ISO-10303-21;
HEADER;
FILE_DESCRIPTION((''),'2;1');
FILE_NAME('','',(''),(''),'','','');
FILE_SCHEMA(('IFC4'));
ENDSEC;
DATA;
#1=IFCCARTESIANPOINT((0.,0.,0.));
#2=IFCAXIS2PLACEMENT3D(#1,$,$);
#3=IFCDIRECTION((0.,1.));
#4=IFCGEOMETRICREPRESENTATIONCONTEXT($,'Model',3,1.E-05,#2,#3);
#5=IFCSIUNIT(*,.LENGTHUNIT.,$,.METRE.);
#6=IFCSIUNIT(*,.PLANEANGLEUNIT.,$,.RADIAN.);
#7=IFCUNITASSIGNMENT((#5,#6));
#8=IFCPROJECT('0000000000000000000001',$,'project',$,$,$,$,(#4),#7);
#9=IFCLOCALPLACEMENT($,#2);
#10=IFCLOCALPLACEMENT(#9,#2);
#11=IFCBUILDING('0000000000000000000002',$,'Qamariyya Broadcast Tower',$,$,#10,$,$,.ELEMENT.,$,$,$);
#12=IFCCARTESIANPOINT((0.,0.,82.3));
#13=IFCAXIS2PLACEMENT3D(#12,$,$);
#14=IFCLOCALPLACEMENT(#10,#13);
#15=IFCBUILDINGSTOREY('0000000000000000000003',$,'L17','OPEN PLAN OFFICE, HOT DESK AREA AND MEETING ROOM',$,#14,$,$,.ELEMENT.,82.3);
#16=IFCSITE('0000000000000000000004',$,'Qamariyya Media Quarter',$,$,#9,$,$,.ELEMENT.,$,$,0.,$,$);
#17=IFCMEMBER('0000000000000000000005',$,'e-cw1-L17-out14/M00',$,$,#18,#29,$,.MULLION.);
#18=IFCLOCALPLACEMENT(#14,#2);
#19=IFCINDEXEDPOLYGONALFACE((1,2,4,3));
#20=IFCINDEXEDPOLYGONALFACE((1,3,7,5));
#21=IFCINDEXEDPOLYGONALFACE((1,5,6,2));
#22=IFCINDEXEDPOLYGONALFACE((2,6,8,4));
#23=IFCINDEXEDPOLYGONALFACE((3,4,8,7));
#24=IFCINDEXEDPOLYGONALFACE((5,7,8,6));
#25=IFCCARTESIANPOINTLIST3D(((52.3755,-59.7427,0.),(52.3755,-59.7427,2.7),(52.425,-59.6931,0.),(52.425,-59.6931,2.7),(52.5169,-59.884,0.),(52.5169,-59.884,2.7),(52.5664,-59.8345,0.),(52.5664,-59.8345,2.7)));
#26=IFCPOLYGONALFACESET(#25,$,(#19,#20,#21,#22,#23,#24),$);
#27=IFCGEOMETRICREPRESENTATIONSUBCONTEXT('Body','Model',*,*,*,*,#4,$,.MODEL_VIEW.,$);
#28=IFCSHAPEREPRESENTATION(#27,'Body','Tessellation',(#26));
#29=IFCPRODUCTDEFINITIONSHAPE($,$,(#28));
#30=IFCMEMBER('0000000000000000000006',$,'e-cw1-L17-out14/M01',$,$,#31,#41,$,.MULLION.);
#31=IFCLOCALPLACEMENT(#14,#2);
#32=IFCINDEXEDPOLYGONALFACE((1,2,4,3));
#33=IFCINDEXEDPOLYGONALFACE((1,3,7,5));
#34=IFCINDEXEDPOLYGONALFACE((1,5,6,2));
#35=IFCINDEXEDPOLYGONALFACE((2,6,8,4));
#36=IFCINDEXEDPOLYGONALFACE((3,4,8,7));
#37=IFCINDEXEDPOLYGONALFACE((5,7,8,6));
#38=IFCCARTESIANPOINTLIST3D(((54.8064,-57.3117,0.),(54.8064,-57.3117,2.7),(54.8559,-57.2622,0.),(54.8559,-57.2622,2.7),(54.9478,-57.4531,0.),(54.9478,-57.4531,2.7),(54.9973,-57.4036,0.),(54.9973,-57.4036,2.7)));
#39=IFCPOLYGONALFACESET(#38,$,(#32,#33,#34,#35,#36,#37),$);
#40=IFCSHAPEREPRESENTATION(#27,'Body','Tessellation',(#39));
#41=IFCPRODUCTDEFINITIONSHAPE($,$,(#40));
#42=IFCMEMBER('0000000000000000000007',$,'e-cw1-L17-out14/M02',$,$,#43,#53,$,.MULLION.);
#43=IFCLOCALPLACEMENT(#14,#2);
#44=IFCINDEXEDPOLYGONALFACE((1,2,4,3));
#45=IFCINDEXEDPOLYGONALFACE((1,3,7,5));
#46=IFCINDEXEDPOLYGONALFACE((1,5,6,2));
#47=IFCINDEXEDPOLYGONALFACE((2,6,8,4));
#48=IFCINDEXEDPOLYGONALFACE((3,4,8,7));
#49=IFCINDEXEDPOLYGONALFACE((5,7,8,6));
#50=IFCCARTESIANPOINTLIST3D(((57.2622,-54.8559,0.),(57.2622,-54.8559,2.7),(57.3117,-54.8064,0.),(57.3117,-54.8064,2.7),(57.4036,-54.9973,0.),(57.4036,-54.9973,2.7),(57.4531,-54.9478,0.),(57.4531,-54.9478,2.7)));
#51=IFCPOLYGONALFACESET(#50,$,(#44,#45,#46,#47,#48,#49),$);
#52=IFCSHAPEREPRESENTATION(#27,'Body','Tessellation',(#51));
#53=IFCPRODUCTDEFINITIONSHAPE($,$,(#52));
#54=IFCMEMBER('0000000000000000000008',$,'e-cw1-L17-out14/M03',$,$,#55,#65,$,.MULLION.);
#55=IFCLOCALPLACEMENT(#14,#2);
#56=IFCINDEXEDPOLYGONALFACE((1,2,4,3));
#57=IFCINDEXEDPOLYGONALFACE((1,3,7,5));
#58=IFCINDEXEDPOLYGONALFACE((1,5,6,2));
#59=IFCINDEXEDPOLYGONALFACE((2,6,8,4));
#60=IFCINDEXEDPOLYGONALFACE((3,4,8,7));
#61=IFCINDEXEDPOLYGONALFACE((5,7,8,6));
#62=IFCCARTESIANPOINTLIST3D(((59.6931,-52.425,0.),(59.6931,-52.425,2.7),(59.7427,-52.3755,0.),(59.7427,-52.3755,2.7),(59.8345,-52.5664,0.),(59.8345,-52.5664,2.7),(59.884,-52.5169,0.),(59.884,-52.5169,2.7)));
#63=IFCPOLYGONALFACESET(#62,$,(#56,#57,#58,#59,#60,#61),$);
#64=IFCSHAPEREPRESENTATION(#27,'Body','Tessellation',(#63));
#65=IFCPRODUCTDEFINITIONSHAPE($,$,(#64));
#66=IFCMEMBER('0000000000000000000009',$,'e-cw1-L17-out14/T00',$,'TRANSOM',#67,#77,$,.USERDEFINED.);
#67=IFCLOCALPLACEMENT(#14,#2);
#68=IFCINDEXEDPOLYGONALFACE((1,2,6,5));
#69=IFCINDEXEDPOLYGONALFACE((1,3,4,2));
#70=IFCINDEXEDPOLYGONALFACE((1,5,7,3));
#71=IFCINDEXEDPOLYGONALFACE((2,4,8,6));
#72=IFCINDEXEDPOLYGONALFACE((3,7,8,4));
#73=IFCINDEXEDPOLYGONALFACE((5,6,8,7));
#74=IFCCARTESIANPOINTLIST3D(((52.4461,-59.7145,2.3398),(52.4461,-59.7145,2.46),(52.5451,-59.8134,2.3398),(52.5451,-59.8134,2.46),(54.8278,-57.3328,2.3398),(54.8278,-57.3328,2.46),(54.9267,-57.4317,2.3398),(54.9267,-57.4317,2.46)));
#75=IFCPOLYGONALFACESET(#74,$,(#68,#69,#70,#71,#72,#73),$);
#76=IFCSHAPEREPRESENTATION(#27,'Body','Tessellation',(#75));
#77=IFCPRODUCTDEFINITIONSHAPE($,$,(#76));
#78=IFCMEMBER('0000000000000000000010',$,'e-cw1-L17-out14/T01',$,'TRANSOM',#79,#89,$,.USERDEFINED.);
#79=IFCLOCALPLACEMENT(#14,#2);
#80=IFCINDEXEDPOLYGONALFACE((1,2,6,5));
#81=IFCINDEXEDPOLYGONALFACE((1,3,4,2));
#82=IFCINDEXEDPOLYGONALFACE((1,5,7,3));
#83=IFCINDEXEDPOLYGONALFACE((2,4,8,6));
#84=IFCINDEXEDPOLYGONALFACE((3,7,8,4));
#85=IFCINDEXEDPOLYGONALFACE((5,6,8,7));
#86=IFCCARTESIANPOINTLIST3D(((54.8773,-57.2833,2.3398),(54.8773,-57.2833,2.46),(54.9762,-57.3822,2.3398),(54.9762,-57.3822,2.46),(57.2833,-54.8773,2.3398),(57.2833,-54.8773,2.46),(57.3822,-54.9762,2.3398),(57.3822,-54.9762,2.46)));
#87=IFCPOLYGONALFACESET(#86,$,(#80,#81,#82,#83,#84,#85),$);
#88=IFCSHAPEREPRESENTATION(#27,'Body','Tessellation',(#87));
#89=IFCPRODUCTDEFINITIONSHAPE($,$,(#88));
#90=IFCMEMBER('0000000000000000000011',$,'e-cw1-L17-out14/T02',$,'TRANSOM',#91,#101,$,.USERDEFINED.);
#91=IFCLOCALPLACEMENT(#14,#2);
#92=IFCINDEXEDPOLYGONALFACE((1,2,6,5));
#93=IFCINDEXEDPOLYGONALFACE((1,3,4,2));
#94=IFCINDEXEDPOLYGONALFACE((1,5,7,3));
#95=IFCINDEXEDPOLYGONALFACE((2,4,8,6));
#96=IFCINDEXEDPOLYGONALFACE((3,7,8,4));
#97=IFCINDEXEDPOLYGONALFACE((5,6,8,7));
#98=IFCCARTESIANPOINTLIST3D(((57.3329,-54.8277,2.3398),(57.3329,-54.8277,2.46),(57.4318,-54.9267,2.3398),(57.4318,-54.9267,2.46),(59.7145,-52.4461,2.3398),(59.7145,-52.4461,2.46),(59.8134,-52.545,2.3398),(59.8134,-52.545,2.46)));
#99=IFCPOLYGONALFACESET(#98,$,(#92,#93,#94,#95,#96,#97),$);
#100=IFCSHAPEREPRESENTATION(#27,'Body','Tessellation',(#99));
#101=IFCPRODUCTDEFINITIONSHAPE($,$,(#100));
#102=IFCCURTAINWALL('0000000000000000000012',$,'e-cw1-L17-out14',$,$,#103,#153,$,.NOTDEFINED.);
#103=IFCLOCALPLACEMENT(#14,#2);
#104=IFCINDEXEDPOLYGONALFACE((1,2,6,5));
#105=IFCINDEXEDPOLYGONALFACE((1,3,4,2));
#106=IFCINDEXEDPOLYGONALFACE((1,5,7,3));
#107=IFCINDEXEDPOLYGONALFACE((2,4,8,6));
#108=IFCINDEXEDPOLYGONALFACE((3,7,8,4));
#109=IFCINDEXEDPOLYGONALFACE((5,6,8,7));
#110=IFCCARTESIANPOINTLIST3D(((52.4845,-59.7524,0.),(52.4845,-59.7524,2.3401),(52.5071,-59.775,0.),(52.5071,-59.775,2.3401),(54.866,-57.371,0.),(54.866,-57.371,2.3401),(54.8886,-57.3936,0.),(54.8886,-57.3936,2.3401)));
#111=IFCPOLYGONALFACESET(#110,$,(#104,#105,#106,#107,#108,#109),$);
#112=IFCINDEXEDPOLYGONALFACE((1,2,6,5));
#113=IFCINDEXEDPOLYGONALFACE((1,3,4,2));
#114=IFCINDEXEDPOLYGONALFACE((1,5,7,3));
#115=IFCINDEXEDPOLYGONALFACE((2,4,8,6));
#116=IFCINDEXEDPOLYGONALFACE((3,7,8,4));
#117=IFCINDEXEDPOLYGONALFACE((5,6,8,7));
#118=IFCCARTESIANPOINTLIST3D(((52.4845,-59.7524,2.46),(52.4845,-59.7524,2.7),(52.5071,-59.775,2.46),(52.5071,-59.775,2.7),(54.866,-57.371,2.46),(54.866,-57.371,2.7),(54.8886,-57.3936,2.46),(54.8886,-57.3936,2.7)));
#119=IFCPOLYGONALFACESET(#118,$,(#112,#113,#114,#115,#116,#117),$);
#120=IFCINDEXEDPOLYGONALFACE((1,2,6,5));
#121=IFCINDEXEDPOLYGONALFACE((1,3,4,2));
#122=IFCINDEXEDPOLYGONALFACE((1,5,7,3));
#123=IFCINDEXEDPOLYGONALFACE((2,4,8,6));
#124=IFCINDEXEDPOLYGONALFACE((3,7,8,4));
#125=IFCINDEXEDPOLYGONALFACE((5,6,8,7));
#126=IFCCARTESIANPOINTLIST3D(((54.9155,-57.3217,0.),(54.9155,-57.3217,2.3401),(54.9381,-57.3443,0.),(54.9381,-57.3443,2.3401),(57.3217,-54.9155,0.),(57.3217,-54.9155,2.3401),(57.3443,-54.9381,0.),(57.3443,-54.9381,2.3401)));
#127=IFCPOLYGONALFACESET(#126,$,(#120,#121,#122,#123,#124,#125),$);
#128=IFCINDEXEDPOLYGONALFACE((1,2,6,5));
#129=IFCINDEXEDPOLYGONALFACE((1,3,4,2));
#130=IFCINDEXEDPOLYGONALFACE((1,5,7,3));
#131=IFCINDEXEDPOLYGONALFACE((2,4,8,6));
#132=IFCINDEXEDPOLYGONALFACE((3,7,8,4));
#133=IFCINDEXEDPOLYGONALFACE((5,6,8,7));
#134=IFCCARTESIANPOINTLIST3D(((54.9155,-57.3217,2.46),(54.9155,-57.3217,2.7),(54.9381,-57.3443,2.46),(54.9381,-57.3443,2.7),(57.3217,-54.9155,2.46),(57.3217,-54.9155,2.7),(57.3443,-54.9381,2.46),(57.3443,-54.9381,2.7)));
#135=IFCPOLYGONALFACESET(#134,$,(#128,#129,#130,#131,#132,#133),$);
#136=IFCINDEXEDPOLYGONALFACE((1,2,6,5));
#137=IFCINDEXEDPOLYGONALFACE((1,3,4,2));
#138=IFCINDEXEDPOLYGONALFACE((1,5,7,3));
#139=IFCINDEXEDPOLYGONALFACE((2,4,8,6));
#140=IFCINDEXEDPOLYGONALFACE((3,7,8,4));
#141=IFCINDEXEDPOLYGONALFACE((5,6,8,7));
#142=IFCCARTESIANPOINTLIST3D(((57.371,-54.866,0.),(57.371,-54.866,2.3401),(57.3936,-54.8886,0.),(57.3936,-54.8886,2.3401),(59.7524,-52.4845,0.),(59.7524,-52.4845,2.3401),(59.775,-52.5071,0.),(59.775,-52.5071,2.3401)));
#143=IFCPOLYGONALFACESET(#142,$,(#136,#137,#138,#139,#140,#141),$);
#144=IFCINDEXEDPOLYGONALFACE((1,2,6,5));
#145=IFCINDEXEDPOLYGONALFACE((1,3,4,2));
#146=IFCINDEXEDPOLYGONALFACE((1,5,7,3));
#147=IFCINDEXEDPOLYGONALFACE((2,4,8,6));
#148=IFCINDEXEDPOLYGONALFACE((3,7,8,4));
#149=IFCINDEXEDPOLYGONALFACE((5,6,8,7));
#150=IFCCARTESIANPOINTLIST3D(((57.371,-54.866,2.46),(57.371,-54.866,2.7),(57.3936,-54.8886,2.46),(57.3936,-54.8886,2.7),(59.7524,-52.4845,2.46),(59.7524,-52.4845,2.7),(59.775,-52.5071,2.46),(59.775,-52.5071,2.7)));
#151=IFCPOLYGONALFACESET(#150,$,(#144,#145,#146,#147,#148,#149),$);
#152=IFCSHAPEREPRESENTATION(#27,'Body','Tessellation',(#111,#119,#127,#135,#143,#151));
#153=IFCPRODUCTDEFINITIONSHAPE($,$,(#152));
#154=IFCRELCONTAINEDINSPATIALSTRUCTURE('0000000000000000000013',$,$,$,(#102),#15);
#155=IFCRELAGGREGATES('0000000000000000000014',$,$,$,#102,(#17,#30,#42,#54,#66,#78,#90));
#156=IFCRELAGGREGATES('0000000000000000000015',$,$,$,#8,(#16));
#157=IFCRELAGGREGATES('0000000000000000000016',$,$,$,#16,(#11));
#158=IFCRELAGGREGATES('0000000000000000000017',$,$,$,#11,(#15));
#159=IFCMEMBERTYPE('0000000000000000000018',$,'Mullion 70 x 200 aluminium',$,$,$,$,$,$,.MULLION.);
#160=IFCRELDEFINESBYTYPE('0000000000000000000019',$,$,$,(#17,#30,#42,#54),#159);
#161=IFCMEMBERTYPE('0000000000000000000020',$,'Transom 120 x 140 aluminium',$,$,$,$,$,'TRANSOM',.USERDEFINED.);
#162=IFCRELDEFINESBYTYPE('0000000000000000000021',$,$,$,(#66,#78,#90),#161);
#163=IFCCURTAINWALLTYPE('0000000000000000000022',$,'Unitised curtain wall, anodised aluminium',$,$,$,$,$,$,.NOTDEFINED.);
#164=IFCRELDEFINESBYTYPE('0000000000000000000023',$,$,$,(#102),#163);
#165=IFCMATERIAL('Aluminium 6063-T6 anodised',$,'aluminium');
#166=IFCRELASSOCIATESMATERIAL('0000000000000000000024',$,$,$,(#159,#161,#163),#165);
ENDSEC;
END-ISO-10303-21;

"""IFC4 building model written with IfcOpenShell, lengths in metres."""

from ifc_helpers import new_model, si_unit, direction, frame, origin, origin_2d, place, context, subcontext, project, spatial, rectangle, extrude, material, material_profile, profile_set, type_object, element, aggregate, save


model = new_model("IFC4")

# Units and contexts
model_context = context("Model", 3, precision=1e-05, world=origin(), true_north=direction((0.0, 1.0)))
body_context = subcontext(model_context, "Body", "Model", "MODEL_VIEW")
ifc_project = project(units=[si_unit("LENGTHUNIT", "METRE"), si_unit("PLANEANGLEUNIT", "RADIAN")], contexts=[model_context])

# Members
ifc_material_1 = material(Name="Aluminium 6063-T6 anodised", Category="aluminium")
ifc_material_profile_1 = material_profile(ifc_material_1, rectangle(XDim=0.2, YDim=0.0701, at=origin_2d()))
ifc_profile_set_1 = profile_set([ifc_material_profile_1], Name="Aluminium 6063-T6 anodised")
member_type_1 = type_object("IfcMemberType", Name="Mullion 70 x 200 aluminium", PredefinedType="MULLION", material=ifc_profile_set_1)
site_placement = place(None, origin())
building_placement = place(site_placement, origin())
storey_placement = place(building_placement, frame((0.0, 0.0, 82.3)))
member_1_placement = place(storey_placement, frame((52.4709, -59.7886, 0.0), z_axis=(0.0, 0.0, 1.0), x_axis=(-0.707107, 0.707107, 0.0)))
member_1 = element("IfcMember", 1, at=member_1_placement, type_object=member_type_1, Name="e-cw1-L17-out14/M00", PredefinedType="MULLION", context=body_context, shape_type="SweptSolid", body=[
    extrude(rectangle(XDim=0.2, YDim=0.0701, at=origin_2d()), origin(), (0.0, 0.0, 1.0), 2.7),
])
member_2_placement = place(storey_placement, frame((54.9019, -57.3577, 0.0), z_axis=(0.0, 0.0, 1.0), x_axis=(-0.707107, 0.707107, 0.0)))
member_2 = element("IfcMember", 2, at=member_2_placement, type_object=member_type_1, Name="e-cw1-L17-out14/M01", PredefinedType="MULLION", context=body_context, shape_type="SweptSolid", body=[
    extrude(rectangle(XDim=0.2, YDim=0.0701, at=origin_2d()), origin(), (0.0, 0.0, 1.0), 2.7),
])
member_3_placement = place(storey_placement, frame((57.3577, -54.9019, 0.0), z_axis=(0.0, 0.0, 1.0), x_axis=(-0.707107, 0.707107, 0.0)))
member_3 = element("IfcMember", 3, at=member_3_placement, type_object=member_type_1, Name="e-cw1-L17-out14/M02", PredefinedType="MULLION", context=body_context, shape_type="SweptSolid", body=[
    extrude(rectangle(XDim=0.2, YDim=0.0701, at=origin_2d()), origin(), (0.0, 0.0, 1.0), 2.7),
])
member_4_placement = place(storey_placement, frame((59.7886, -52.4709, 0.0), z_axis=(0.0, 0.0, 1.0), x_axis=(-0.707107, 0.707107, 0.0)))
member_4 = element("IfcMember", 4, at=member_4_placement, type_object=member_type_1, Name="e-cw1-L17-out14/M03", PredefinedType="MULLION", context=body_context, shape_type="SweptSolid", body=[
    extrude(rectangle(XDim=0.2, YDim=0.0701, at=origin_2d()), origin(), (0.0, 0.0, 1.0), 2.7),
])
ifc_material_profile_2 = material_profile(ifc_material_1, rectangle(XDim=0.1399, YDim=0.1201, at=origin_2d()))
ifc_profile_set_2 = profile_set([ifc_material_profile_2], Name="Aluminium 6063-T6 anodised")
member_type_2 = type_object("IfcMemberType", Name="Transom 120 x 140 aluminium", ElementType="TRANSOM", PredefinedType="USERDEFINED", material=ifc_profile_set_2)
member_5_placement = place(storey_placement, frame((52.4956, -59.7639, 2.3999), z_axis=(0.707107, 0.707107, 0.0), x_axis=(-0.707107, 0.707107, 0.0)))
member_5 = element("IfcMember", 5, at=member_5_placement, type_object=member_type_2, Name="e-cw1-L17-out14/T00", ObjectType="TRANSOM", PredefinedType="USERDEFINED", context=body_context, shape_type="SweptSolid", body=[
    extrude(rectangle(XDim=0.1399, YDim=0.1201, at=origin_2d()), origin(), (0.0, 0.0, 1.0), 3.3682),
])
member_6_placement = place(storey_placement, frame((54.9268, -57.3328, 2.3999), z_axis=(0.707107, 0.707107, 0.0), x_axis=(-0.707107, 0.707107, 0.0)))
member_6 = element("IfcMember", 6, at=member_6_placement, type_object=member_type_2, Name="e-cw1-L17-out14/T01", ObjectType="TRANSOM", PredefinedType="USERDEFINED", context=body_context, shape_type="SweptSolid", body=[
    extrude(rectangle(XDim=0.1399, YDim=0.1201, at=origin_2d()), origin(), (0.0, 0.0, 1.0), 3.4026),
])
member_7_placement = place(storey_placement, frame((57.3823, -54.8772, 2.3999), z_axis=(0.707107, 0.707107, 0.0), x_axis=(-0.707107, 0.707107, 0.0)))
member_7 = element("IfcMember", 7, at=member_7_placement, type_object=member_type_2, Name="e-cw1-L17-out14/T02", ObjectType="TRANSOM", PredefinedType="USERDEFINED", context=body_context, shape_type="SweptSolid", body=[
    extrude(rectangle(XDim=0.1399, YDim=0.1201, at=origin_2d()), origin(), (0.0, 0.0, 1.0), 3.3682),
])

# Site, building, storey
site = spatial("IfcSite", under=ifc_project, at=site_placement, Name="Qamariyya Media Quarter", CompositionType="ELEMENT", RefElevation=0.0)
building = spatial("IfcBuilding", under=site, at=building_placement, Name="Qamariyya Broadcast Tower", CompositionType="ELEMENT")
storey = spatial("IfcBuildingStorey", under=building, at=storey_placement, Name="L17", Description="OPEN PLAN OFFICE, HOT DESK AREA AND MEETING ROOM", CompositionType="ELEMENT", Elevation=82.3)

# Curtain wall
curtain_wall_type = type_object("IfcCurtainWallType", Name="Unitised curtain wall, anodised aluminium", PredefinedType="NOTDEFINED", material=ifc_material_1)
curtain_wall_1_placement = place(storey_placement, origin())
curtain_wall_1 = element("IfcCurtainWall", 8, at=curtain_wall_1_placement, inside=storey, type_object=curtain_wall_type, Name="e-cw1-L17-out14", PredefinedType="NOTDEFINED", context=body_context, shape_type="SweptSolid", body=[
    extrude(rectangle(XDim=3.3679, YDim=0.032, at=origin_2d()), frame((53.6865, -58.573, 0.0), x_axis=(0.707107, 0.707107, 0.0)), (0.0, 0.0, 1.0), 2.3401),
    extrude(rectangle(XDim=3.3679, YDim=0.032, at=origin_2d()), frame((53.6865, -58.573, 2.46), x_axis=(0.707107, 0.707107, 0.0)), (0.0, 0.0, 1.0), 0.24),
    extrude(rectangle(XDim=3.4028, YDim=0.032, at=origin_2d()), frame((56.1299, -56.1299, 0.0), x_axis=(0.707107, 0.707107, 0.0)), (0.0, 0.0, 1.0), 2.3401),
    extrude(rectangle(XDim=3.4028, YDim=0.032, at=origin_2d()), frame((56.1299, -56.1299, 2.46), x_axis=(0.707107, 0.707107, 0.0)), (0.0, 0.0, 1.0), 0.24),
    extrude(rectangle(XDim=3.3679, YDim=0.032, at=origin_2d()), frame((58.573, -53.6865, 0.0), x_axis=(0.707107, 0.707107, 0.0)), (0.0, 0.0, 1.0), 2.3401),
    extrude(rectangle(XDim=3.3679, YDim=0.032, at=origin_2d()), frame((58.573, -53.6865, 2.46), x_axis=(0.707107, 0.707107, 0.0)), (0.0, 0.0, 1.0), 0.24),
])
aggregate(curtain_wall_1, [member_1, member_2, member_3, member_4, member_5, member_6, member_7])

save(model, "model.ifc")
